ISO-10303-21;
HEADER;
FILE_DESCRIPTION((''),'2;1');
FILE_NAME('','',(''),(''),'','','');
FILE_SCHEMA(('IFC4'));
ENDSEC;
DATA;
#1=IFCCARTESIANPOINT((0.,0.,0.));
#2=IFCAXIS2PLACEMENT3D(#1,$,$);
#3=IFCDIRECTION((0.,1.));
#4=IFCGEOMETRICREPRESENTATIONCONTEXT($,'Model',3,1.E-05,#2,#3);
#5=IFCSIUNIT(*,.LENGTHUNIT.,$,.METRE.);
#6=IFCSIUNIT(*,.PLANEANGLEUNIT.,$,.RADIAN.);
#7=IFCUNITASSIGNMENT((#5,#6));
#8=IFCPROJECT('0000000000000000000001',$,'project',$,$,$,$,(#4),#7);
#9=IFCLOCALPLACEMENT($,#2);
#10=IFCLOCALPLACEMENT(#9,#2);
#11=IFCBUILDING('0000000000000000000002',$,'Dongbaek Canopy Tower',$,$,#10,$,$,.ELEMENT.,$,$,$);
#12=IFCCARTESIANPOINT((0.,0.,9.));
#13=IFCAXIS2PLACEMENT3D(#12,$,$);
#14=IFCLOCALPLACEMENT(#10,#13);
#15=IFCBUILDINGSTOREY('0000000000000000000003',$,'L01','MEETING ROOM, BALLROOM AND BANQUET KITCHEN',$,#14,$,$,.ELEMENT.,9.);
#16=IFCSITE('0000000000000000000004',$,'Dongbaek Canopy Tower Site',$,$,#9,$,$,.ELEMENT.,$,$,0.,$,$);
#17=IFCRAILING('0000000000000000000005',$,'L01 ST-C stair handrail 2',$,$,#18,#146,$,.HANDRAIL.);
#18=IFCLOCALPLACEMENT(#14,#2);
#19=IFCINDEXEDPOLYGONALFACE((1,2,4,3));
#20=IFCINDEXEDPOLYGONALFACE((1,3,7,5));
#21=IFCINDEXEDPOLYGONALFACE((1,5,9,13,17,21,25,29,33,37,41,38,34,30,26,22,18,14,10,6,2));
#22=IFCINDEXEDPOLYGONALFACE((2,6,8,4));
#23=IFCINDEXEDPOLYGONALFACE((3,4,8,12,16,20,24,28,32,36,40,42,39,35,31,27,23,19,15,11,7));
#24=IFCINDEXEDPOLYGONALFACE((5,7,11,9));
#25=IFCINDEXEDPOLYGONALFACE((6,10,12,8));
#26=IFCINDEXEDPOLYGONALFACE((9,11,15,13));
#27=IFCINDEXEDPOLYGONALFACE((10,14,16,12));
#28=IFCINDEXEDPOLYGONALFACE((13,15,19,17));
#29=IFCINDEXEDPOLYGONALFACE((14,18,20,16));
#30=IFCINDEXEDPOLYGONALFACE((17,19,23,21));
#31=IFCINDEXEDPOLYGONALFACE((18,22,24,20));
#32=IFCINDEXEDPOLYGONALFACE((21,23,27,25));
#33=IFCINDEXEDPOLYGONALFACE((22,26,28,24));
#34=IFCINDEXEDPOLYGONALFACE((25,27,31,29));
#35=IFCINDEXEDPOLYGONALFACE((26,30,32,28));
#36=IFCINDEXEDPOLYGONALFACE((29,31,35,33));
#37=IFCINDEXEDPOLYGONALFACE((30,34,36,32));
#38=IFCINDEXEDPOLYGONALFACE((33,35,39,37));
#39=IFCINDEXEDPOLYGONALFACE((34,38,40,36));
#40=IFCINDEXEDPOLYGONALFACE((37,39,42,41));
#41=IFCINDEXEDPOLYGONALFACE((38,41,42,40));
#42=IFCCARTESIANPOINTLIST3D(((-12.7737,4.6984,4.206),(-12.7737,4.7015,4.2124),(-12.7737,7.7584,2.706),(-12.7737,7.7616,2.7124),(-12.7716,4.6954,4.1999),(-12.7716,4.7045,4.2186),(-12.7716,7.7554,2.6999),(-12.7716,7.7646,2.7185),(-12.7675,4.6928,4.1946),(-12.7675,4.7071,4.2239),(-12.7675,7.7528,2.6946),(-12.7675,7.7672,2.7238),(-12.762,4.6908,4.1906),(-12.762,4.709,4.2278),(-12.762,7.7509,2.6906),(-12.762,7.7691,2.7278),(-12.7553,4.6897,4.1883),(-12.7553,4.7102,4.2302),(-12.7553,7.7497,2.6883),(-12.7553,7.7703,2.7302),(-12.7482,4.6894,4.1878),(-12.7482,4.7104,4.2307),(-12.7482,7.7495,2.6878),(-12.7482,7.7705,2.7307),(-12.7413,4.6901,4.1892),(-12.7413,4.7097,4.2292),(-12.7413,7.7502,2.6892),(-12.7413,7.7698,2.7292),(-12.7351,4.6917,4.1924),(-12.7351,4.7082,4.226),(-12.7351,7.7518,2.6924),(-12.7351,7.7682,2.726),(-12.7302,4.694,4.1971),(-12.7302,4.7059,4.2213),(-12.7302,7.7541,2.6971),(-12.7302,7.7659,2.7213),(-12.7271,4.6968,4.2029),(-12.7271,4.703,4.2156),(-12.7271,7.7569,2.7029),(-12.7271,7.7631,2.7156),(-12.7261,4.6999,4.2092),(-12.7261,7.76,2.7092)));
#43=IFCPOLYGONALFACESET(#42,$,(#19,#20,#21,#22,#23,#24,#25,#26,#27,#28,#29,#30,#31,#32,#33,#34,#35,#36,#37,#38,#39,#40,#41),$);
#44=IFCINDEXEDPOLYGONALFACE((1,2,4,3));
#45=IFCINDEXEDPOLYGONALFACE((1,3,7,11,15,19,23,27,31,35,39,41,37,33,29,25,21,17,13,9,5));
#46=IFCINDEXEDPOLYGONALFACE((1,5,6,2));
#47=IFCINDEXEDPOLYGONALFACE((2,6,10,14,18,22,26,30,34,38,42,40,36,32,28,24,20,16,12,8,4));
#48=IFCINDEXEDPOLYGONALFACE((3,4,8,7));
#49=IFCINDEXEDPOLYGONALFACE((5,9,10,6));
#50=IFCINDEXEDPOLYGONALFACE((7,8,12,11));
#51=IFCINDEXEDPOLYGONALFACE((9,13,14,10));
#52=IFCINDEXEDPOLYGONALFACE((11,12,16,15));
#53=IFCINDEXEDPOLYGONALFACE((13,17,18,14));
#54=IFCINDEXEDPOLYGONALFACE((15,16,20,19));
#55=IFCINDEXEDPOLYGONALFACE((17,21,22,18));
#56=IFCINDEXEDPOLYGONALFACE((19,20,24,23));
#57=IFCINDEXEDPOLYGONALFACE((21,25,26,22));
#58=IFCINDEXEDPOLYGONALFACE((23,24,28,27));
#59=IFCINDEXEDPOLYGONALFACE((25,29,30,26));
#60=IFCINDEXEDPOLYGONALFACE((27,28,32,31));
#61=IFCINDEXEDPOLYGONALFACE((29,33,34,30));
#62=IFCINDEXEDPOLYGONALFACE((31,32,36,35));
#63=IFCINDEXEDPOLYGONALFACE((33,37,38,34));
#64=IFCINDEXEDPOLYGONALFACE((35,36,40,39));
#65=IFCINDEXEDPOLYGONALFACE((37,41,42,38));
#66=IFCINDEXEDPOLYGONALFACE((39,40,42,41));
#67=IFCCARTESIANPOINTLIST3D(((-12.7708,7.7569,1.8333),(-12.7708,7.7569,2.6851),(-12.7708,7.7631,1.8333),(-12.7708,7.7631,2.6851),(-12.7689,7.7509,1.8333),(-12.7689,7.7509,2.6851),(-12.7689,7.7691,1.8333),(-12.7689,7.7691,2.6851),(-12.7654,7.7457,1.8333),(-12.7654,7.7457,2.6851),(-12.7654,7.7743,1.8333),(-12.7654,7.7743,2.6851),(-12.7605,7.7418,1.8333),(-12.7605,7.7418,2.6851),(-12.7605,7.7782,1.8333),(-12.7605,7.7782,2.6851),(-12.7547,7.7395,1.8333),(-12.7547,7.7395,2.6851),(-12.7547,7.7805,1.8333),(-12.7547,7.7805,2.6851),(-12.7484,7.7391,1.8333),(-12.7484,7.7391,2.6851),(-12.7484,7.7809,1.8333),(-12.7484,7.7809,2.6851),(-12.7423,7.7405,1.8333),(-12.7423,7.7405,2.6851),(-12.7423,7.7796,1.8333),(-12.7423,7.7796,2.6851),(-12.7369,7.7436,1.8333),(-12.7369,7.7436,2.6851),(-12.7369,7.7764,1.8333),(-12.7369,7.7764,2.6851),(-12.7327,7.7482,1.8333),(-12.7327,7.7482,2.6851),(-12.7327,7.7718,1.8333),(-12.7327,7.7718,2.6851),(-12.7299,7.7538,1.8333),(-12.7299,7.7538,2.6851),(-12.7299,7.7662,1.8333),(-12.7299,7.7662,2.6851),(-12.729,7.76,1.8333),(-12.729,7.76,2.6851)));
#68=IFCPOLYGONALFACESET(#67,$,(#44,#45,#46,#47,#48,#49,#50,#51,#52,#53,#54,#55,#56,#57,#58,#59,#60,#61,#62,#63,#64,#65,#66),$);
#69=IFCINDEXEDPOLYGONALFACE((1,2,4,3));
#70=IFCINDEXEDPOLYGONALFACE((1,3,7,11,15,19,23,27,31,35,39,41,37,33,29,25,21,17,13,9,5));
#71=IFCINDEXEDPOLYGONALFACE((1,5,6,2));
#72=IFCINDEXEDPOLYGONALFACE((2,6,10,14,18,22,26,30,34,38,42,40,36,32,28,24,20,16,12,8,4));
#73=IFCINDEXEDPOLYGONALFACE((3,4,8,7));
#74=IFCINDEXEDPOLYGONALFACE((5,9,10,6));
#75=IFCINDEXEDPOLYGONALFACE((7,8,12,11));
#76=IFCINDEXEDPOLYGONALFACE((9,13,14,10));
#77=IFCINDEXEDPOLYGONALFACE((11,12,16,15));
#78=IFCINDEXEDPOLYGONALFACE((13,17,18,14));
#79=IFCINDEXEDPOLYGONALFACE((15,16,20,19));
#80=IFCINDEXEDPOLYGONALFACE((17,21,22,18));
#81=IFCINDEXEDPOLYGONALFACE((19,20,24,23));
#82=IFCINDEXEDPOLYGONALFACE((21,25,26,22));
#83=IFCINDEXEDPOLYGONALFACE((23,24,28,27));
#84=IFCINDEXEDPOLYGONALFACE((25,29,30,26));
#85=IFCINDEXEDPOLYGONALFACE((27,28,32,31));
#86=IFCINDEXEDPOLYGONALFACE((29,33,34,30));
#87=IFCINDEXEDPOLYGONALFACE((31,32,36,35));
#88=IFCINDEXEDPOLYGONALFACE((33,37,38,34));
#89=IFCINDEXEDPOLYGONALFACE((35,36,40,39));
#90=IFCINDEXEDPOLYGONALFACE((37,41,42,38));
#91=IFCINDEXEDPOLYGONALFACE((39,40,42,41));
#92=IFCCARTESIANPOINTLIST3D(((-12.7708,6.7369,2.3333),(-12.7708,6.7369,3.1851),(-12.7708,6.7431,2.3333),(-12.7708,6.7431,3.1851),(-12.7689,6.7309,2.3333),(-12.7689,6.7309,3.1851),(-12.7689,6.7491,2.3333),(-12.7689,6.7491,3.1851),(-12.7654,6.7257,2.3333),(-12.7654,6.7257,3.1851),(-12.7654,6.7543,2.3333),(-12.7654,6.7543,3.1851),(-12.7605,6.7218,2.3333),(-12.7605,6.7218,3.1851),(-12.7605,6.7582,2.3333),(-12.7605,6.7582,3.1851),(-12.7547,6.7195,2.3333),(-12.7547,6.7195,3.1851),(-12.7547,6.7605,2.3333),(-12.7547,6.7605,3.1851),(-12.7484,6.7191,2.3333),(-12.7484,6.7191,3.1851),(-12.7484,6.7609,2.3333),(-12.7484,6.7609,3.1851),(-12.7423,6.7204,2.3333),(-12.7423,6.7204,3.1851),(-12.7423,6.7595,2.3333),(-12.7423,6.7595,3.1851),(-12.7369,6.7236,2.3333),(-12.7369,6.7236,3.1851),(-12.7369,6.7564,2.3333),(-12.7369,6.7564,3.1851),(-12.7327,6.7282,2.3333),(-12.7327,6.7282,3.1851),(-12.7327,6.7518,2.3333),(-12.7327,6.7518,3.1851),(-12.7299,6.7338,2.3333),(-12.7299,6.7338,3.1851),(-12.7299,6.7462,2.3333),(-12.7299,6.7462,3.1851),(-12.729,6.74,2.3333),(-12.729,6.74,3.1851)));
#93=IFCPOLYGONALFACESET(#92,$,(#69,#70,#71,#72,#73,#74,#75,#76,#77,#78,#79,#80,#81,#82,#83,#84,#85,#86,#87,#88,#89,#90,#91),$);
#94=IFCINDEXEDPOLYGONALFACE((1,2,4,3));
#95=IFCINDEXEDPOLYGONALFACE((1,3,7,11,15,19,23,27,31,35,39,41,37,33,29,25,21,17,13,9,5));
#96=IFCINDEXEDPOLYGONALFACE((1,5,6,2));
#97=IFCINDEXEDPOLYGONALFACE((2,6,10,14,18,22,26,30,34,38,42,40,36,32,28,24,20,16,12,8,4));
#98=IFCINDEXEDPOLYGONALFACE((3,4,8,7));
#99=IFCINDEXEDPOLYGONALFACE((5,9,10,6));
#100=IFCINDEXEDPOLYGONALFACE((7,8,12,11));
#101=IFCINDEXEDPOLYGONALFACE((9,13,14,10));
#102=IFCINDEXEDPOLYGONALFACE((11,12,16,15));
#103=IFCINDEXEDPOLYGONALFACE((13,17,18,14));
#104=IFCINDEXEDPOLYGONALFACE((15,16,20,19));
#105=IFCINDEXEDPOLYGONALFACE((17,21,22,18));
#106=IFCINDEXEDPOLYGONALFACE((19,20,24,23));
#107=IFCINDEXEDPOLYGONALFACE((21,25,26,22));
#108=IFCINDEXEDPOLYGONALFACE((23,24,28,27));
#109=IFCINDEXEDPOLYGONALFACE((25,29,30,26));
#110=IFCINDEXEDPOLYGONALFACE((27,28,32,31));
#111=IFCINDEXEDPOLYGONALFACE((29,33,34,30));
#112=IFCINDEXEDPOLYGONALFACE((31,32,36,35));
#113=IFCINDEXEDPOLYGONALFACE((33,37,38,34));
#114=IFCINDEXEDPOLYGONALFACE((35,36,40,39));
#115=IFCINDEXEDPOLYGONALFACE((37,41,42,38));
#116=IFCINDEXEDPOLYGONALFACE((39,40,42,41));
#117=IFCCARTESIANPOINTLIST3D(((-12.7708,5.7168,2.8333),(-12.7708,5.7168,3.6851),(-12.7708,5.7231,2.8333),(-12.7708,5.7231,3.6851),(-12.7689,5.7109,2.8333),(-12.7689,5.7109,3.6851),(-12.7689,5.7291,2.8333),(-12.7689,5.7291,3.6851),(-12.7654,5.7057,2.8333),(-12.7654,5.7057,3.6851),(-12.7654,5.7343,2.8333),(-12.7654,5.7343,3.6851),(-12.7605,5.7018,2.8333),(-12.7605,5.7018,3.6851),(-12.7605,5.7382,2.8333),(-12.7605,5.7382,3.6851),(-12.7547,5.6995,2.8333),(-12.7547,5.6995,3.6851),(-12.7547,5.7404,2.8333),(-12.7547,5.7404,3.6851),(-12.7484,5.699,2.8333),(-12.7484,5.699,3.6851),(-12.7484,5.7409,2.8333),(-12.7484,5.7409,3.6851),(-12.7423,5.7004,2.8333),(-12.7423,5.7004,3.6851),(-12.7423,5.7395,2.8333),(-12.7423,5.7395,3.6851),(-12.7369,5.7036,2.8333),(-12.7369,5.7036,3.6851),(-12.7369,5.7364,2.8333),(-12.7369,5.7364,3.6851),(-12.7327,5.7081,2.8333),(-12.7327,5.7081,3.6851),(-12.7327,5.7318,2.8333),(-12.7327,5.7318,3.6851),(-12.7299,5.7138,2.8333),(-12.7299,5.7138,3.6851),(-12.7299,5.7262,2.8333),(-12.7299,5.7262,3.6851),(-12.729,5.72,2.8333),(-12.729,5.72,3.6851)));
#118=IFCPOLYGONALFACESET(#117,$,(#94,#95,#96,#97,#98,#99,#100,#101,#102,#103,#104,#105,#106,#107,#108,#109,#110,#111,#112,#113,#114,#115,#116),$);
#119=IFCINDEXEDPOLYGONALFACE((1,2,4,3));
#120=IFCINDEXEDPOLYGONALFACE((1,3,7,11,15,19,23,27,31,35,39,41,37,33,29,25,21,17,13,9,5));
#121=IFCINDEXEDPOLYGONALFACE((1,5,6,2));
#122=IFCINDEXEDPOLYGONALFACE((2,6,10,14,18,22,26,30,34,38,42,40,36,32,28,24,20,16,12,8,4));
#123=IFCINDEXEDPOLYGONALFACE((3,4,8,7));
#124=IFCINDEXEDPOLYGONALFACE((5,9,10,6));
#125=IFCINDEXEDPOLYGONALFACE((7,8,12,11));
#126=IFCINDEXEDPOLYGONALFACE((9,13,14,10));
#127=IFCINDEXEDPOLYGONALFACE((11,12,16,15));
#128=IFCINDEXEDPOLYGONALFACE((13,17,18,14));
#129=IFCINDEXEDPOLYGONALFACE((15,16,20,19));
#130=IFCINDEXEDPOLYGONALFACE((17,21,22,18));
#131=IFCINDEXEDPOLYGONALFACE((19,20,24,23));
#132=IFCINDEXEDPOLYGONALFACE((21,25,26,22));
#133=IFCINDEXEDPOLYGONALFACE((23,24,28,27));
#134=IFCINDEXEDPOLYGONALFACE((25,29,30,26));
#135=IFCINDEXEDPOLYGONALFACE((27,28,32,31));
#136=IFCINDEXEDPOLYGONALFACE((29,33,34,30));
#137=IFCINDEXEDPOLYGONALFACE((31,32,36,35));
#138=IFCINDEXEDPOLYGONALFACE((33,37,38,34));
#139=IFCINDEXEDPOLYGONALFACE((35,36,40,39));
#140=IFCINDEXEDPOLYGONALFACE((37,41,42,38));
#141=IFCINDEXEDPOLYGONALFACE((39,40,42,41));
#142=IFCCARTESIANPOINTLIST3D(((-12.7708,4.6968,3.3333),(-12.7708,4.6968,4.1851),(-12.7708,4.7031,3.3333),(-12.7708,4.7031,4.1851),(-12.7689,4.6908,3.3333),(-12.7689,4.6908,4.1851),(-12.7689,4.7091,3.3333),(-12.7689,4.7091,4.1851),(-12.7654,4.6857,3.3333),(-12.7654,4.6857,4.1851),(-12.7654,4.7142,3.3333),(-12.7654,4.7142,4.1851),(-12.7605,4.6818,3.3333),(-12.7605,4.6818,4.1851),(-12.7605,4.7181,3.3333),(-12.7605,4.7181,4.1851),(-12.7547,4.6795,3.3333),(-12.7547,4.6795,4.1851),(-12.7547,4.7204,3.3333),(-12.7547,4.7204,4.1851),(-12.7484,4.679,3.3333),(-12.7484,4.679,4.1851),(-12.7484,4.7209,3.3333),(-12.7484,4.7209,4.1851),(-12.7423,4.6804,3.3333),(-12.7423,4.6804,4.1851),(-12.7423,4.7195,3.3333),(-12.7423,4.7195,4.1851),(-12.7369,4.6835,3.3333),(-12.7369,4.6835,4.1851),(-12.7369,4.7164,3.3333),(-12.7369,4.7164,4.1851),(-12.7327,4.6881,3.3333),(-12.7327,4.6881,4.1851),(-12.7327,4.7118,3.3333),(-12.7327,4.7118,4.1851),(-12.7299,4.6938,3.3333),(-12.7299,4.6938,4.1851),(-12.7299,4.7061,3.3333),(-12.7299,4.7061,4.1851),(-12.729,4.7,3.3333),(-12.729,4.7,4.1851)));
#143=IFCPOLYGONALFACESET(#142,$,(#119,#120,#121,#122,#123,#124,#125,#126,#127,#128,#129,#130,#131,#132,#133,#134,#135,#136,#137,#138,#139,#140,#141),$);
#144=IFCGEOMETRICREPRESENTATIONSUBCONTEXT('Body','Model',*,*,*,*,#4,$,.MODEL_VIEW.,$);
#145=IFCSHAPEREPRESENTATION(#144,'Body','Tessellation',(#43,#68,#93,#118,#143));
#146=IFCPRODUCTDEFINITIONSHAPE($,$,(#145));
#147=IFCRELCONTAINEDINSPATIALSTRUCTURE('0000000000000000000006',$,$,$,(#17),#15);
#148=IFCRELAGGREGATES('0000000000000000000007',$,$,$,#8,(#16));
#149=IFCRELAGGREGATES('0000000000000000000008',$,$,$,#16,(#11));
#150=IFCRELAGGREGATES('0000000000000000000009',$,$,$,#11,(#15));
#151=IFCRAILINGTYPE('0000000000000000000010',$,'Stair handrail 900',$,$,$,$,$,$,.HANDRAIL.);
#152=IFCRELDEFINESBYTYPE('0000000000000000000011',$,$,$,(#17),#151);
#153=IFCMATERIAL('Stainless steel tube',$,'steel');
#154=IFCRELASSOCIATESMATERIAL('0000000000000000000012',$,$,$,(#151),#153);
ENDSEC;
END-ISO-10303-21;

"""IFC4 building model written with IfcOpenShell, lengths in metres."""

from ifc_helpers import new_model, si_unit, direction, frame, origin, origin_2d, place, context, subcontext, project, spatial, circle, extrude, material, type_object, element, save


model = new_model("IFC4")

# Units and contexts
model_context = context("Model", 3, precision=1e-05, world=origin(), true_north=direction((0.0, 1.0)))
body_context = subcontext(model_context, "Body", "Model", "MODEL_VIEW")
ifc_project = project(units=[si_unit("LENGTHUNIT", "METRE"), si_unit("PLANEANGLEUNIT", "RADIAN")], contexts=[model_context])

# Site, building, storey
site_placement = place(None, origin())
site = spatial("IfcSite", under=ifc_project, at=site_placement, Name="Dongbaek Canopy Tower Site", CompositionType="ELEMENT", RefElevation=0.0)
building_placement = place(site_placement, origin())
building = spatial("IfcBuilding", under=site, at=building_placement, Name="Dongbaek Canopy Tower", CompositionType="ELEMENT")
storey_placement = place(building_placement, frame((0.0, 0.0, 9.0)))
storey = spatial("IfcBuildingStorey", under=building, at=storey_placement, Name="L01", Description="MEETING ROOM, BALLROOM AND BANQUET KITCHEN", CompositionType="ELEMENT", Elevation=9.0)

# Railing
ifc_material_1 = material(Name="Stainless steel tube", Category="steel")
railing_type_1 = type_object("IfcRailingType", Name="Stair handrail 900", PredefinedType="HANDRAIL", material=ifc_material_1)
railing_1_placement = place(storey_placement, frame((-12.75, 7.76, 1.8333)))
element("IfcRailing", 1, at=railing_1_placement, inside=storey, type_object=railing_type_1, Name="L01 ST-C stair handrail 2", PredefinedType="HANDRAIL", context=body_context, shape_type="SweptSolid", body=[
    extrude(circle(Radius=0.0239, at=origin_2d()), frame((0.0, 0.0, 0.876), z_axis=(0.0, -0.897924, 0.44015), x_axis=(1.0, 0.0, 0.0)), (0.0, 0.0, 1.0), 3.408),
    extrude(circle(Radius=0.021, at=origin_2d()), origin(), (0.0, 0.0, 1.0), 0.8518),
    extrude(circle(Radius=0.021, at=origin_2d()), frame((0.0, -1.02, 0.5)), (0.0, 0.0, 1.0), 0.8518),
    extrude(circle(Radius=0.021, at=origin_2d()), frame((0.0, -2.04, 1.0)), (0.0, 0.0, 1.0), 0.8518),
    extrude(circle(Radius=0.021, at=origin_2d()), frame((0.0, -3.0601, 1.5)), (0.0, 0.0, 1.0), 0.8518),
])

save(model, "model.ifc")
